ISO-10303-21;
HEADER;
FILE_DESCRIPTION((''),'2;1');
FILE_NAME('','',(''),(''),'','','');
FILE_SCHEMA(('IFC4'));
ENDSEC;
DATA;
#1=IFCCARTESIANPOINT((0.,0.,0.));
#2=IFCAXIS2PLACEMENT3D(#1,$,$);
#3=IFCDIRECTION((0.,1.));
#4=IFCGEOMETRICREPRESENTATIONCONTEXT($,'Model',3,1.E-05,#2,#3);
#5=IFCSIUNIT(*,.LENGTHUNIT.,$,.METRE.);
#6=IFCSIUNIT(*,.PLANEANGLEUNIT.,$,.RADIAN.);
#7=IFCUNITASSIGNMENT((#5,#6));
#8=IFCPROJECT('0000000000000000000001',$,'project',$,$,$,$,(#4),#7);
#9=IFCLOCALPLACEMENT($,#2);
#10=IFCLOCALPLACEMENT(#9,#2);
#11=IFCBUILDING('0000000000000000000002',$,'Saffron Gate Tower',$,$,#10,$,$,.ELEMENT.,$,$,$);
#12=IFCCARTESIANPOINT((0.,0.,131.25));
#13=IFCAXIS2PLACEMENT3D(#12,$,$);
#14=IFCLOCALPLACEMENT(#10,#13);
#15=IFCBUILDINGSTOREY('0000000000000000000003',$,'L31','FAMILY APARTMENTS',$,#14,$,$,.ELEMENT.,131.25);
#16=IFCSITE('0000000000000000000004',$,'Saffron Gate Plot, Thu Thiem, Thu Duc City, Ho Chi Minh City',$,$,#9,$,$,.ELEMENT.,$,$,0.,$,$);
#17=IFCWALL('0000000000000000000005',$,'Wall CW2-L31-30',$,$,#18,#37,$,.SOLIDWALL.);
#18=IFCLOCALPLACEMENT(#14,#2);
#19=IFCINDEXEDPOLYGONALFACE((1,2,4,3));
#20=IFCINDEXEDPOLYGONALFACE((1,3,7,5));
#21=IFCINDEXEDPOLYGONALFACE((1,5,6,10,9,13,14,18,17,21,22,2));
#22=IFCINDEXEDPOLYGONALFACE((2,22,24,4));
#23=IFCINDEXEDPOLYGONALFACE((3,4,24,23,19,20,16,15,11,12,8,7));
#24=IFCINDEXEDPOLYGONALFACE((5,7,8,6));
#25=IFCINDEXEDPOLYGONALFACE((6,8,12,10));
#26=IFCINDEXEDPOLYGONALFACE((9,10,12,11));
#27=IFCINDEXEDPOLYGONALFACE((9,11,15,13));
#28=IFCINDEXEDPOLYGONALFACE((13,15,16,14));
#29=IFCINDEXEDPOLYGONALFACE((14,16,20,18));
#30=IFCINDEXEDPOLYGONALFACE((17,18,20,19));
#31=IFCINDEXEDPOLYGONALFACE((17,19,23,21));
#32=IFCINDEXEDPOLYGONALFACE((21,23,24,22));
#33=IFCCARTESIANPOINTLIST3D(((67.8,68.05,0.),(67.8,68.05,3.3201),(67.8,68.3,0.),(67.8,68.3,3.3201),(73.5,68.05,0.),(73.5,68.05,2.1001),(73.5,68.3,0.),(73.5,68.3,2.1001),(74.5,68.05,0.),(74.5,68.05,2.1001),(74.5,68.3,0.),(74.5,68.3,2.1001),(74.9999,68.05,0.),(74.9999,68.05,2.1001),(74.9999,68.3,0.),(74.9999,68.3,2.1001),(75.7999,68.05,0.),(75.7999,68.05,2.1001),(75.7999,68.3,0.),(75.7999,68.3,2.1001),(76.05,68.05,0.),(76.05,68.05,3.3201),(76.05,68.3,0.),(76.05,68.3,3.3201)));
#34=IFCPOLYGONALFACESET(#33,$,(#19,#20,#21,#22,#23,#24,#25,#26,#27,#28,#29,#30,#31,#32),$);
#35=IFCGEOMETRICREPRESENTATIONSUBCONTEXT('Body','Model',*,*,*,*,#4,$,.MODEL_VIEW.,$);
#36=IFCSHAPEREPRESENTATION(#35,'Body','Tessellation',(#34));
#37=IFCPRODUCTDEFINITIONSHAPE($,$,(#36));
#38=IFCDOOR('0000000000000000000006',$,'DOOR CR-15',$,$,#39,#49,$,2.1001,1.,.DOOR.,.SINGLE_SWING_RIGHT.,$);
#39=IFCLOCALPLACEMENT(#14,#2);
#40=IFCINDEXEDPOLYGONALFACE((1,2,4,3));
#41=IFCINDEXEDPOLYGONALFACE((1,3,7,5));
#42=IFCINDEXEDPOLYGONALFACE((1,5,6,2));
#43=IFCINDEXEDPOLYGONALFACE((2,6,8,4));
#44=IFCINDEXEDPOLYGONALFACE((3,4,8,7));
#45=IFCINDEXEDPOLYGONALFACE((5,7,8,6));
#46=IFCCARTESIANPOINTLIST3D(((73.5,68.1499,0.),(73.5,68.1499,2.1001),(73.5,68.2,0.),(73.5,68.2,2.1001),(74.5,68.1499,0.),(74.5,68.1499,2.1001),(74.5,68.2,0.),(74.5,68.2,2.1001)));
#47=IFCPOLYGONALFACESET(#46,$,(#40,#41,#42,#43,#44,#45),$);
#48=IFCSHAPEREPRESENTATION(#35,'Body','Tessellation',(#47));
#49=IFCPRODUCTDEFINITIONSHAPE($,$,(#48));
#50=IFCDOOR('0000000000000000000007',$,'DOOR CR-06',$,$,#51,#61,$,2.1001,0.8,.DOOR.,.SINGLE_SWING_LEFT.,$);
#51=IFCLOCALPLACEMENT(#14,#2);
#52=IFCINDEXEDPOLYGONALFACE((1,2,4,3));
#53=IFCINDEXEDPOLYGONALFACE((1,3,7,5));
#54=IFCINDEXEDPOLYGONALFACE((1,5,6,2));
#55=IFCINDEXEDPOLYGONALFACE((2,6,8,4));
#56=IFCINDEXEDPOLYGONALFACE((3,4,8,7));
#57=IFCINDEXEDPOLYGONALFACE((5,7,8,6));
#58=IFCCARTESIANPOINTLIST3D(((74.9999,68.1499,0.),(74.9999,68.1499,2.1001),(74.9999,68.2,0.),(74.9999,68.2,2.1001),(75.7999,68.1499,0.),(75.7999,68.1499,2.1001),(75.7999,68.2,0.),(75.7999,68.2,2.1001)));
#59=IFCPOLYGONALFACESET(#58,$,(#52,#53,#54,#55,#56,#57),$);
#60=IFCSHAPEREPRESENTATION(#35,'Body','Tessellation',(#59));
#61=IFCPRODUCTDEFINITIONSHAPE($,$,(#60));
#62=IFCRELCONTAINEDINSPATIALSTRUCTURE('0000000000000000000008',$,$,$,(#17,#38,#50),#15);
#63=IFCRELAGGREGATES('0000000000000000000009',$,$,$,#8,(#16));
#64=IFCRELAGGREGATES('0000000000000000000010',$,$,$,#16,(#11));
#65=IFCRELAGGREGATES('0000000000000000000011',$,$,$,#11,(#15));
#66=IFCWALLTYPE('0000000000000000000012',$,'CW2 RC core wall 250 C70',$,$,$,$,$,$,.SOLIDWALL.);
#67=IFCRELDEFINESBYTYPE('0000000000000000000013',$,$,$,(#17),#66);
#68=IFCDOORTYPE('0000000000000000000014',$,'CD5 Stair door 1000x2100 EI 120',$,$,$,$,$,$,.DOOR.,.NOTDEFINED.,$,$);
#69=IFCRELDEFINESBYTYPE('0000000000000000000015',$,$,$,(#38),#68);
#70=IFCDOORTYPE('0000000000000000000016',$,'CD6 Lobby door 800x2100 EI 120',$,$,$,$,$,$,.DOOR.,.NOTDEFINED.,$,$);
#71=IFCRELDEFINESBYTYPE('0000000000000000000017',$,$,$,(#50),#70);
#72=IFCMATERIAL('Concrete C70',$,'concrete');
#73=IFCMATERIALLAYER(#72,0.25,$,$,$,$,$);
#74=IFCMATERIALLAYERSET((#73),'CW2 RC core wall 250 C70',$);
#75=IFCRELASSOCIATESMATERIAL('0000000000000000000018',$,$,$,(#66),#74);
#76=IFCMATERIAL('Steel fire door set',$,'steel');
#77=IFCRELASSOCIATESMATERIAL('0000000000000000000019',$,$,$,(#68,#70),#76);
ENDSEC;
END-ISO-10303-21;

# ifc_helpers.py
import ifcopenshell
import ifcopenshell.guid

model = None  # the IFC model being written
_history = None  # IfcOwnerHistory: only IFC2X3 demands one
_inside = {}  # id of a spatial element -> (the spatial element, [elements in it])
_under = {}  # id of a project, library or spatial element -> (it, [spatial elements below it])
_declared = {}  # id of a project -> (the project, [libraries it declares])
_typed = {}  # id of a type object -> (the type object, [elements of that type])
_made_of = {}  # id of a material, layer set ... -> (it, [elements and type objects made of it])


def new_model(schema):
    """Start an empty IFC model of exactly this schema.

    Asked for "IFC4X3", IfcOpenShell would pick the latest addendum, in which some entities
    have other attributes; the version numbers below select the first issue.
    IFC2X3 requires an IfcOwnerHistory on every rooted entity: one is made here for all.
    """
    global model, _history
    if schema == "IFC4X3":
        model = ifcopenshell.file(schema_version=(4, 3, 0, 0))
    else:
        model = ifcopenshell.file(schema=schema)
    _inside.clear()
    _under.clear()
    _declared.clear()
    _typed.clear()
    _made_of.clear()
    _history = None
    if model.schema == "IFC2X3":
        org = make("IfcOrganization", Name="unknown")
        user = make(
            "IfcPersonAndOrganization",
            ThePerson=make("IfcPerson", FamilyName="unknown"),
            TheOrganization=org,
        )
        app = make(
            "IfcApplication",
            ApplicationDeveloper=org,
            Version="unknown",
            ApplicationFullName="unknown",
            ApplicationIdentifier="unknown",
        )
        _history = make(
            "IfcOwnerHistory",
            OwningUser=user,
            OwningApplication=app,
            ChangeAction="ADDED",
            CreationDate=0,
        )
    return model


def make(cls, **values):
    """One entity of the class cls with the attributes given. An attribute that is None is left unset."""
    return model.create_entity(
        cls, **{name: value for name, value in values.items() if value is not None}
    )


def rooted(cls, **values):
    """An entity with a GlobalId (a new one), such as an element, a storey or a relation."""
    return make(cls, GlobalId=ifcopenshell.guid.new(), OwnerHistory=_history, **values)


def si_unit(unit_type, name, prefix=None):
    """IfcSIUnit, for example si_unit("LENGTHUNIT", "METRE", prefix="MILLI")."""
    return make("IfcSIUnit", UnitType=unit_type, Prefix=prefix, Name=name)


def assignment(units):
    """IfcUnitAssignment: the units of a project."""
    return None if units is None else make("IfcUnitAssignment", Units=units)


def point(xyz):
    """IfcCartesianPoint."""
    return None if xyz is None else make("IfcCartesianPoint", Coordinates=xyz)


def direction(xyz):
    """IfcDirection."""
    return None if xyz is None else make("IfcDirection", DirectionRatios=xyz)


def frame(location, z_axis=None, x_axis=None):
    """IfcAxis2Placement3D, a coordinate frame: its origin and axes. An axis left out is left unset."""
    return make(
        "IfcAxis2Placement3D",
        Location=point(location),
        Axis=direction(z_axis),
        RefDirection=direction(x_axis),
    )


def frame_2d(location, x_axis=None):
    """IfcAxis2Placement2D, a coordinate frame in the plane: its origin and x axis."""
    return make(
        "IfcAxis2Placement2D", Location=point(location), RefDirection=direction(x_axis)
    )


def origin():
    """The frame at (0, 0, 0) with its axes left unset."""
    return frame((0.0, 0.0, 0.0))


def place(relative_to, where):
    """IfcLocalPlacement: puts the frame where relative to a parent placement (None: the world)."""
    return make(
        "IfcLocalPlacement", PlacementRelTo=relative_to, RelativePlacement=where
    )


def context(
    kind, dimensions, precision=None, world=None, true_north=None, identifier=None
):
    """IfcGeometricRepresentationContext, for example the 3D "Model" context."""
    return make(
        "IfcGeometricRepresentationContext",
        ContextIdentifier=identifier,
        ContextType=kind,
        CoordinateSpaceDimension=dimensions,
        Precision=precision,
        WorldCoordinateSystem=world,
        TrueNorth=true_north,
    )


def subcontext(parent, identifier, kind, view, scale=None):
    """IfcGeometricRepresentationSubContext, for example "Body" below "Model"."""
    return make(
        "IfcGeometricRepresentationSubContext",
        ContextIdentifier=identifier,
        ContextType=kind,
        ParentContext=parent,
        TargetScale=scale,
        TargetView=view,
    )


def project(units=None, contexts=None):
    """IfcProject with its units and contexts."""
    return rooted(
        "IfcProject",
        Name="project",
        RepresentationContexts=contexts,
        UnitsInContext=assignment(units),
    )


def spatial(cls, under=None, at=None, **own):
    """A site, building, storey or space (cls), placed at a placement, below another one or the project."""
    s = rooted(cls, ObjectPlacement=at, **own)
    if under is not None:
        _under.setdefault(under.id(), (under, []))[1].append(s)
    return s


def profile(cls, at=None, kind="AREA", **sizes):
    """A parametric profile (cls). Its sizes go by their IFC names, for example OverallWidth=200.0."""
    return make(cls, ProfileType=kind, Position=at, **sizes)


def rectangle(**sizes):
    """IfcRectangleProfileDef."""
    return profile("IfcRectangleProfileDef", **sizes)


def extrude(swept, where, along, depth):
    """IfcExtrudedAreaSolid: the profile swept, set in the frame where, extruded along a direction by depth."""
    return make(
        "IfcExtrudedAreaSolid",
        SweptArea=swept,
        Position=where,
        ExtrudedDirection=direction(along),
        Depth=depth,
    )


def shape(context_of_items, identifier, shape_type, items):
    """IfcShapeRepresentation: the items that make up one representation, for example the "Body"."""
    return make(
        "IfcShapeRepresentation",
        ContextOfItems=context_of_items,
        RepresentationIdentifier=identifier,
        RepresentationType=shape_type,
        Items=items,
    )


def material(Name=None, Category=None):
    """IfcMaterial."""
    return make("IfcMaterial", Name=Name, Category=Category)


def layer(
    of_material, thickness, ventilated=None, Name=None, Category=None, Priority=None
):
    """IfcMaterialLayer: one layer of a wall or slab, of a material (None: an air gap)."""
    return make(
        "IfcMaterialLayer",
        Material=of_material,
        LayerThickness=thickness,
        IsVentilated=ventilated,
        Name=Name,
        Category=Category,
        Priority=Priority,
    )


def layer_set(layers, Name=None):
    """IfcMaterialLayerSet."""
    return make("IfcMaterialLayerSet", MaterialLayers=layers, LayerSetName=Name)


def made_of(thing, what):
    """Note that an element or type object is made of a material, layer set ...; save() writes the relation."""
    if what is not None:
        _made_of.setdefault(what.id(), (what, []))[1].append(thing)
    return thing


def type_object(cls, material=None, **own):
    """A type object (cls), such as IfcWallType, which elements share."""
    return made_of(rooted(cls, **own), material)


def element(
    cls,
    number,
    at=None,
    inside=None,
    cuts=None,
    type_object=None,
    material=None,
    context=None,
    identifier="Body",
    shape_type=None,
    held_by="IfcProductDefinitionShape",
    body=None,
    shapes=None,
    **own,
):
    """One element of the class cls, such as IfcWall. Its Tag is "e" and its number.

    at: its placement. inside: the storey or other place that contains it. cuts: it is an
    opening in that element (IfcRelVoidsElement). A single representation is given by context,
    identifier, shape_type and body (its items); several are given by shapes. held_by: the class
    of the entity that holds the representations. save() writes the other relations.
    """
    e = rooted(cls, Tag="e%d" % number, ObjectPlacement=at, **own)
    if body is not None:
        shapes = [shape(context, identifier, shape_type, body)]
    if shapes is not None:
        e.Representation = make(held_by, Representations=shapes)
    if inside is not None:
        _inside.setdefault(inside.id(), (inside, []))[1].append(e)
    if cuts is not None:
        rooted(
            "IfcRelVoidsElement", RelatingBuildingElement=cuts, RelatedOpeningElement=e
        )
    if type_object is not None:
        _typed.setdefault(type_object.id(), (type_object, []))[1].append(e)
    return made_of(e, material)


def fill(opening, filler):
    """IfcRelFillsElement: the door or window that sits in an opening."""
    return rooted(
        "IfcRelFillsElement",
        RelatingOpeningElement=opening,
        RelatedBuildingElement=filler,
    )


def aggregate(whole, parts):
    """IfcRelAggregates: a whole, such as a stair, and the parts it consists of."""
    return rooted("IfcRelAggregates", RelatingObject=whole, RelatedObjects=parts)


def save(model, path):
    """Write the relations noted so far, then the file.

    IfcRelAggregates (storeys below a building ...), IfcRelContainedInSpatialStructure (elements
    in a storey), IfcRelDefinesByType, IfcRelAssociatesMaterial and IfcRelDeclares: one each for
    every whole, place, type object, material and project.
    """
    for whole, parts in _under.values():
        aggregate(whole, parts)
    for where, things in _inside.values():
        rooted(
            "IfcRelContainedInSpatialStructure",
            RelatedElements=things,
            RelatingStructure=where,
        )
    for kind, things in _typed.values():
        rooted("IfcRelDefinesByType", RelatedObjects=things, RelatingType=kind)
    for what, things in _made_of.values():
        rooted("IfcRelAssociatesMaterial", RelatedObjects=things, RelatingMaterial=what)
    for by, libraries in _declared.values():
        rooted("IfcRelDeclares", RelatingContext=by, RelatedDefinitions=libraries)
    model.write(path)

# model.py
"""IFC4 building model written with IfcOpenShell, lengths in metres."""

from ifc_helpers import new_model, si_unit, direction, frame, frame_2d, origin, place, context, subcontext, project, spatial, rectangle, extrude, material, layer, layer_set, type_object, element, fill, save


model = new_model("IFC4")

# Units and contexts
model_context = context("Model", 3, precision=1e-05, world=origin(), true_north=direction((0.0, 1.0)))
body_context = subcontext(model_context, "Body", "Model", "MODEL_VIEW")
ifc_project = project(units=[si_unit("LENGTHUNIT", "METRE"), si_unit("PLANEANGLEUNIT", "RADIAN")], contexts=[model_context])

# Site, building, storey
site_placement = place(None, origin())
site = spatial("IfcSite", under=ifc_project, at=site_placement, Name="Saffron Gate Plot, Thu Thiem, Thu Duc City, Ho Chi Minh City", CompositionType="ELEMENT", RefElevation=0.0)
building_placement = place(site_placement, origin())
building = spatial("IfcBuilding", under=site, at=building_placement, Name="Saffron Gate Tower", CompositionType="ELEMENT")
storey_placement = place(building_placement, frame((0.0, 0.0, 131.25)))
storey = spatial("IfcBuildingStorey", under=building, at=storey_placement, Name="L31", Description="FAMILY APARTMENTS", CompositionType="ELEMENT", Elevation=131.25)

# Wall, openings, doors
ifc_material_1 = material(Name="Concrete C70", Category="concrete")
ifc_layer_1 = layer(ifc_material_1, 0.25)
ifc_layer_set_1 = layer_set([ifc_layer_1], Name="CW2 RC core wall 250 C70")
wall_type_1 = type_object("IfcWallType", Name="CW2 RC core wall 250 C70", PredefinedType="SOLIDWALL", material=ifc_layer_set_1)
wall_1_placement = place(storey_placement, frame((67.8, 68.175, 0.0), z_axis=(0.0, 0.0, 1.0), x_axis=(1.0, 0.0, 0.0)))
wall_1 = element("IfcWall", 1, at=wall_1_placement, inside=storey, type_object=wall_type_1, Name="Wall CW2-L31-30", PredefinedType="SOLIDWALL", context=body_context, shape_type="SweptSolid", body=[
    extrude(rectangle(XDim=8.25, YDim=0.25, at=frame_2d((4.125, 0.0))), origin(), (0.0, 0.0, 1.0), 3.3201),
])
opening_1_placement = place(wall_1_placement, frame((5.7, 0.0, 0.0)))
opening_1 = element("IfcOpeningElement", 2, at=opening_1_placement, cuts=wall_1, PredefinedType="OPENING", context=body_context, shape_type="SweptSolid", body=[
    extrude(rectangle(XDim=1.0, YDim=2.1001, at=frame_2d((0.5, 1.05))), frame((0.0, 0.135, 0.0), z_axis=(0.0, -1.0, 0.0), x_axis=(1.0, 0.0, 0.0)), (0.0, 0.0, 1.0), 0.27),
])
opening_2_placement = place(wall_1_placement, frame((7.2, 0.0, 0.0)))
opening_2 = element("IfcOpeningElement", 3, at=opening_2_placement, cuts=wall_1, PredefinedType="OPENING", context=body_context, shape_type="SweptSolid", body=[
    extrude(rectangle(XDim=0.8, YDim=2.1001, at=frame_2d((0.3999, 1.05))), frame((0.0, 0.135, 0.0), z_axis=(0.0, -1.0, 0.0), x_axis=(1.0, 0.0, 0.0)), (0.0, 0.0, 1.0), 0.27),
])
ifc_material_2 = material(Name="Steel fire door set", Category="steel")
door_type_1 = type_object("IfcDoorType", Name="CD5 Stair door 1000x2100 EI 120", OperationType="NOTDEFINED", PredefinedType="DOOR", material=ifc_material_2)
door_1_placement = place(opening_1_placement, origin())
door_1 = element("IfcDoor", 4, at=door_1_placement, inside=storey, type_object=door_type_1, Name="DOOR CR-15", OperationType="SINGLE_SWING_RIGHT", OverallHeight=2.1001, OverallWidth=1.0, PredefinedType="DOOR", context=body_context, shape_type="SweptSolid", body=[
    extrude(rectangle(XDim=1.0, YDim=2.1001, at=frame_2d((0.5, 1.05))), frame((0.0, 0.0249, 0.0), z_axis=(0.0, -1.0, 0.0), x_axis=(1.0, 0.0, 0.0)), (0.0, 0.0, 1.0), 0.05),
])
fill(opening_1, door_1)
door_type_2 = type_object("IfcDoorType", Name="CD6 Lobby door 800x2100 EI 120", OperationType="NOTDEFINED", PredefinedType="DOOR", material=ifc_material_2)
door_2_placement = place(opening_2_placement, origin())
door_2 = element("IfcDoor", 5, at=door_2_placement, inside=storey, type_object=door_type_2, Name="DOOR CR-06", OperationType="SINGLE_SWING_LEFT", OverallHeight=2.1001, OverallWidth=0.8, PredefinedType="DOOR", context=body_context, shape_type="SweptSolid", body=[
    extrude(rectangle(XDim=0.8, YDim=2.1001, at=frame_2d((0.3999, 1.05))), frame((0.0, 0.0249, 0.0), z_axis=(0.0, -1.0, 0.0), x_axis=(1.0, 0.0, 0.0)), (0.0, 0.0, 1.0), 0.05),
])
fill(opening_2, door_2)

save(model, "model.ifc")
